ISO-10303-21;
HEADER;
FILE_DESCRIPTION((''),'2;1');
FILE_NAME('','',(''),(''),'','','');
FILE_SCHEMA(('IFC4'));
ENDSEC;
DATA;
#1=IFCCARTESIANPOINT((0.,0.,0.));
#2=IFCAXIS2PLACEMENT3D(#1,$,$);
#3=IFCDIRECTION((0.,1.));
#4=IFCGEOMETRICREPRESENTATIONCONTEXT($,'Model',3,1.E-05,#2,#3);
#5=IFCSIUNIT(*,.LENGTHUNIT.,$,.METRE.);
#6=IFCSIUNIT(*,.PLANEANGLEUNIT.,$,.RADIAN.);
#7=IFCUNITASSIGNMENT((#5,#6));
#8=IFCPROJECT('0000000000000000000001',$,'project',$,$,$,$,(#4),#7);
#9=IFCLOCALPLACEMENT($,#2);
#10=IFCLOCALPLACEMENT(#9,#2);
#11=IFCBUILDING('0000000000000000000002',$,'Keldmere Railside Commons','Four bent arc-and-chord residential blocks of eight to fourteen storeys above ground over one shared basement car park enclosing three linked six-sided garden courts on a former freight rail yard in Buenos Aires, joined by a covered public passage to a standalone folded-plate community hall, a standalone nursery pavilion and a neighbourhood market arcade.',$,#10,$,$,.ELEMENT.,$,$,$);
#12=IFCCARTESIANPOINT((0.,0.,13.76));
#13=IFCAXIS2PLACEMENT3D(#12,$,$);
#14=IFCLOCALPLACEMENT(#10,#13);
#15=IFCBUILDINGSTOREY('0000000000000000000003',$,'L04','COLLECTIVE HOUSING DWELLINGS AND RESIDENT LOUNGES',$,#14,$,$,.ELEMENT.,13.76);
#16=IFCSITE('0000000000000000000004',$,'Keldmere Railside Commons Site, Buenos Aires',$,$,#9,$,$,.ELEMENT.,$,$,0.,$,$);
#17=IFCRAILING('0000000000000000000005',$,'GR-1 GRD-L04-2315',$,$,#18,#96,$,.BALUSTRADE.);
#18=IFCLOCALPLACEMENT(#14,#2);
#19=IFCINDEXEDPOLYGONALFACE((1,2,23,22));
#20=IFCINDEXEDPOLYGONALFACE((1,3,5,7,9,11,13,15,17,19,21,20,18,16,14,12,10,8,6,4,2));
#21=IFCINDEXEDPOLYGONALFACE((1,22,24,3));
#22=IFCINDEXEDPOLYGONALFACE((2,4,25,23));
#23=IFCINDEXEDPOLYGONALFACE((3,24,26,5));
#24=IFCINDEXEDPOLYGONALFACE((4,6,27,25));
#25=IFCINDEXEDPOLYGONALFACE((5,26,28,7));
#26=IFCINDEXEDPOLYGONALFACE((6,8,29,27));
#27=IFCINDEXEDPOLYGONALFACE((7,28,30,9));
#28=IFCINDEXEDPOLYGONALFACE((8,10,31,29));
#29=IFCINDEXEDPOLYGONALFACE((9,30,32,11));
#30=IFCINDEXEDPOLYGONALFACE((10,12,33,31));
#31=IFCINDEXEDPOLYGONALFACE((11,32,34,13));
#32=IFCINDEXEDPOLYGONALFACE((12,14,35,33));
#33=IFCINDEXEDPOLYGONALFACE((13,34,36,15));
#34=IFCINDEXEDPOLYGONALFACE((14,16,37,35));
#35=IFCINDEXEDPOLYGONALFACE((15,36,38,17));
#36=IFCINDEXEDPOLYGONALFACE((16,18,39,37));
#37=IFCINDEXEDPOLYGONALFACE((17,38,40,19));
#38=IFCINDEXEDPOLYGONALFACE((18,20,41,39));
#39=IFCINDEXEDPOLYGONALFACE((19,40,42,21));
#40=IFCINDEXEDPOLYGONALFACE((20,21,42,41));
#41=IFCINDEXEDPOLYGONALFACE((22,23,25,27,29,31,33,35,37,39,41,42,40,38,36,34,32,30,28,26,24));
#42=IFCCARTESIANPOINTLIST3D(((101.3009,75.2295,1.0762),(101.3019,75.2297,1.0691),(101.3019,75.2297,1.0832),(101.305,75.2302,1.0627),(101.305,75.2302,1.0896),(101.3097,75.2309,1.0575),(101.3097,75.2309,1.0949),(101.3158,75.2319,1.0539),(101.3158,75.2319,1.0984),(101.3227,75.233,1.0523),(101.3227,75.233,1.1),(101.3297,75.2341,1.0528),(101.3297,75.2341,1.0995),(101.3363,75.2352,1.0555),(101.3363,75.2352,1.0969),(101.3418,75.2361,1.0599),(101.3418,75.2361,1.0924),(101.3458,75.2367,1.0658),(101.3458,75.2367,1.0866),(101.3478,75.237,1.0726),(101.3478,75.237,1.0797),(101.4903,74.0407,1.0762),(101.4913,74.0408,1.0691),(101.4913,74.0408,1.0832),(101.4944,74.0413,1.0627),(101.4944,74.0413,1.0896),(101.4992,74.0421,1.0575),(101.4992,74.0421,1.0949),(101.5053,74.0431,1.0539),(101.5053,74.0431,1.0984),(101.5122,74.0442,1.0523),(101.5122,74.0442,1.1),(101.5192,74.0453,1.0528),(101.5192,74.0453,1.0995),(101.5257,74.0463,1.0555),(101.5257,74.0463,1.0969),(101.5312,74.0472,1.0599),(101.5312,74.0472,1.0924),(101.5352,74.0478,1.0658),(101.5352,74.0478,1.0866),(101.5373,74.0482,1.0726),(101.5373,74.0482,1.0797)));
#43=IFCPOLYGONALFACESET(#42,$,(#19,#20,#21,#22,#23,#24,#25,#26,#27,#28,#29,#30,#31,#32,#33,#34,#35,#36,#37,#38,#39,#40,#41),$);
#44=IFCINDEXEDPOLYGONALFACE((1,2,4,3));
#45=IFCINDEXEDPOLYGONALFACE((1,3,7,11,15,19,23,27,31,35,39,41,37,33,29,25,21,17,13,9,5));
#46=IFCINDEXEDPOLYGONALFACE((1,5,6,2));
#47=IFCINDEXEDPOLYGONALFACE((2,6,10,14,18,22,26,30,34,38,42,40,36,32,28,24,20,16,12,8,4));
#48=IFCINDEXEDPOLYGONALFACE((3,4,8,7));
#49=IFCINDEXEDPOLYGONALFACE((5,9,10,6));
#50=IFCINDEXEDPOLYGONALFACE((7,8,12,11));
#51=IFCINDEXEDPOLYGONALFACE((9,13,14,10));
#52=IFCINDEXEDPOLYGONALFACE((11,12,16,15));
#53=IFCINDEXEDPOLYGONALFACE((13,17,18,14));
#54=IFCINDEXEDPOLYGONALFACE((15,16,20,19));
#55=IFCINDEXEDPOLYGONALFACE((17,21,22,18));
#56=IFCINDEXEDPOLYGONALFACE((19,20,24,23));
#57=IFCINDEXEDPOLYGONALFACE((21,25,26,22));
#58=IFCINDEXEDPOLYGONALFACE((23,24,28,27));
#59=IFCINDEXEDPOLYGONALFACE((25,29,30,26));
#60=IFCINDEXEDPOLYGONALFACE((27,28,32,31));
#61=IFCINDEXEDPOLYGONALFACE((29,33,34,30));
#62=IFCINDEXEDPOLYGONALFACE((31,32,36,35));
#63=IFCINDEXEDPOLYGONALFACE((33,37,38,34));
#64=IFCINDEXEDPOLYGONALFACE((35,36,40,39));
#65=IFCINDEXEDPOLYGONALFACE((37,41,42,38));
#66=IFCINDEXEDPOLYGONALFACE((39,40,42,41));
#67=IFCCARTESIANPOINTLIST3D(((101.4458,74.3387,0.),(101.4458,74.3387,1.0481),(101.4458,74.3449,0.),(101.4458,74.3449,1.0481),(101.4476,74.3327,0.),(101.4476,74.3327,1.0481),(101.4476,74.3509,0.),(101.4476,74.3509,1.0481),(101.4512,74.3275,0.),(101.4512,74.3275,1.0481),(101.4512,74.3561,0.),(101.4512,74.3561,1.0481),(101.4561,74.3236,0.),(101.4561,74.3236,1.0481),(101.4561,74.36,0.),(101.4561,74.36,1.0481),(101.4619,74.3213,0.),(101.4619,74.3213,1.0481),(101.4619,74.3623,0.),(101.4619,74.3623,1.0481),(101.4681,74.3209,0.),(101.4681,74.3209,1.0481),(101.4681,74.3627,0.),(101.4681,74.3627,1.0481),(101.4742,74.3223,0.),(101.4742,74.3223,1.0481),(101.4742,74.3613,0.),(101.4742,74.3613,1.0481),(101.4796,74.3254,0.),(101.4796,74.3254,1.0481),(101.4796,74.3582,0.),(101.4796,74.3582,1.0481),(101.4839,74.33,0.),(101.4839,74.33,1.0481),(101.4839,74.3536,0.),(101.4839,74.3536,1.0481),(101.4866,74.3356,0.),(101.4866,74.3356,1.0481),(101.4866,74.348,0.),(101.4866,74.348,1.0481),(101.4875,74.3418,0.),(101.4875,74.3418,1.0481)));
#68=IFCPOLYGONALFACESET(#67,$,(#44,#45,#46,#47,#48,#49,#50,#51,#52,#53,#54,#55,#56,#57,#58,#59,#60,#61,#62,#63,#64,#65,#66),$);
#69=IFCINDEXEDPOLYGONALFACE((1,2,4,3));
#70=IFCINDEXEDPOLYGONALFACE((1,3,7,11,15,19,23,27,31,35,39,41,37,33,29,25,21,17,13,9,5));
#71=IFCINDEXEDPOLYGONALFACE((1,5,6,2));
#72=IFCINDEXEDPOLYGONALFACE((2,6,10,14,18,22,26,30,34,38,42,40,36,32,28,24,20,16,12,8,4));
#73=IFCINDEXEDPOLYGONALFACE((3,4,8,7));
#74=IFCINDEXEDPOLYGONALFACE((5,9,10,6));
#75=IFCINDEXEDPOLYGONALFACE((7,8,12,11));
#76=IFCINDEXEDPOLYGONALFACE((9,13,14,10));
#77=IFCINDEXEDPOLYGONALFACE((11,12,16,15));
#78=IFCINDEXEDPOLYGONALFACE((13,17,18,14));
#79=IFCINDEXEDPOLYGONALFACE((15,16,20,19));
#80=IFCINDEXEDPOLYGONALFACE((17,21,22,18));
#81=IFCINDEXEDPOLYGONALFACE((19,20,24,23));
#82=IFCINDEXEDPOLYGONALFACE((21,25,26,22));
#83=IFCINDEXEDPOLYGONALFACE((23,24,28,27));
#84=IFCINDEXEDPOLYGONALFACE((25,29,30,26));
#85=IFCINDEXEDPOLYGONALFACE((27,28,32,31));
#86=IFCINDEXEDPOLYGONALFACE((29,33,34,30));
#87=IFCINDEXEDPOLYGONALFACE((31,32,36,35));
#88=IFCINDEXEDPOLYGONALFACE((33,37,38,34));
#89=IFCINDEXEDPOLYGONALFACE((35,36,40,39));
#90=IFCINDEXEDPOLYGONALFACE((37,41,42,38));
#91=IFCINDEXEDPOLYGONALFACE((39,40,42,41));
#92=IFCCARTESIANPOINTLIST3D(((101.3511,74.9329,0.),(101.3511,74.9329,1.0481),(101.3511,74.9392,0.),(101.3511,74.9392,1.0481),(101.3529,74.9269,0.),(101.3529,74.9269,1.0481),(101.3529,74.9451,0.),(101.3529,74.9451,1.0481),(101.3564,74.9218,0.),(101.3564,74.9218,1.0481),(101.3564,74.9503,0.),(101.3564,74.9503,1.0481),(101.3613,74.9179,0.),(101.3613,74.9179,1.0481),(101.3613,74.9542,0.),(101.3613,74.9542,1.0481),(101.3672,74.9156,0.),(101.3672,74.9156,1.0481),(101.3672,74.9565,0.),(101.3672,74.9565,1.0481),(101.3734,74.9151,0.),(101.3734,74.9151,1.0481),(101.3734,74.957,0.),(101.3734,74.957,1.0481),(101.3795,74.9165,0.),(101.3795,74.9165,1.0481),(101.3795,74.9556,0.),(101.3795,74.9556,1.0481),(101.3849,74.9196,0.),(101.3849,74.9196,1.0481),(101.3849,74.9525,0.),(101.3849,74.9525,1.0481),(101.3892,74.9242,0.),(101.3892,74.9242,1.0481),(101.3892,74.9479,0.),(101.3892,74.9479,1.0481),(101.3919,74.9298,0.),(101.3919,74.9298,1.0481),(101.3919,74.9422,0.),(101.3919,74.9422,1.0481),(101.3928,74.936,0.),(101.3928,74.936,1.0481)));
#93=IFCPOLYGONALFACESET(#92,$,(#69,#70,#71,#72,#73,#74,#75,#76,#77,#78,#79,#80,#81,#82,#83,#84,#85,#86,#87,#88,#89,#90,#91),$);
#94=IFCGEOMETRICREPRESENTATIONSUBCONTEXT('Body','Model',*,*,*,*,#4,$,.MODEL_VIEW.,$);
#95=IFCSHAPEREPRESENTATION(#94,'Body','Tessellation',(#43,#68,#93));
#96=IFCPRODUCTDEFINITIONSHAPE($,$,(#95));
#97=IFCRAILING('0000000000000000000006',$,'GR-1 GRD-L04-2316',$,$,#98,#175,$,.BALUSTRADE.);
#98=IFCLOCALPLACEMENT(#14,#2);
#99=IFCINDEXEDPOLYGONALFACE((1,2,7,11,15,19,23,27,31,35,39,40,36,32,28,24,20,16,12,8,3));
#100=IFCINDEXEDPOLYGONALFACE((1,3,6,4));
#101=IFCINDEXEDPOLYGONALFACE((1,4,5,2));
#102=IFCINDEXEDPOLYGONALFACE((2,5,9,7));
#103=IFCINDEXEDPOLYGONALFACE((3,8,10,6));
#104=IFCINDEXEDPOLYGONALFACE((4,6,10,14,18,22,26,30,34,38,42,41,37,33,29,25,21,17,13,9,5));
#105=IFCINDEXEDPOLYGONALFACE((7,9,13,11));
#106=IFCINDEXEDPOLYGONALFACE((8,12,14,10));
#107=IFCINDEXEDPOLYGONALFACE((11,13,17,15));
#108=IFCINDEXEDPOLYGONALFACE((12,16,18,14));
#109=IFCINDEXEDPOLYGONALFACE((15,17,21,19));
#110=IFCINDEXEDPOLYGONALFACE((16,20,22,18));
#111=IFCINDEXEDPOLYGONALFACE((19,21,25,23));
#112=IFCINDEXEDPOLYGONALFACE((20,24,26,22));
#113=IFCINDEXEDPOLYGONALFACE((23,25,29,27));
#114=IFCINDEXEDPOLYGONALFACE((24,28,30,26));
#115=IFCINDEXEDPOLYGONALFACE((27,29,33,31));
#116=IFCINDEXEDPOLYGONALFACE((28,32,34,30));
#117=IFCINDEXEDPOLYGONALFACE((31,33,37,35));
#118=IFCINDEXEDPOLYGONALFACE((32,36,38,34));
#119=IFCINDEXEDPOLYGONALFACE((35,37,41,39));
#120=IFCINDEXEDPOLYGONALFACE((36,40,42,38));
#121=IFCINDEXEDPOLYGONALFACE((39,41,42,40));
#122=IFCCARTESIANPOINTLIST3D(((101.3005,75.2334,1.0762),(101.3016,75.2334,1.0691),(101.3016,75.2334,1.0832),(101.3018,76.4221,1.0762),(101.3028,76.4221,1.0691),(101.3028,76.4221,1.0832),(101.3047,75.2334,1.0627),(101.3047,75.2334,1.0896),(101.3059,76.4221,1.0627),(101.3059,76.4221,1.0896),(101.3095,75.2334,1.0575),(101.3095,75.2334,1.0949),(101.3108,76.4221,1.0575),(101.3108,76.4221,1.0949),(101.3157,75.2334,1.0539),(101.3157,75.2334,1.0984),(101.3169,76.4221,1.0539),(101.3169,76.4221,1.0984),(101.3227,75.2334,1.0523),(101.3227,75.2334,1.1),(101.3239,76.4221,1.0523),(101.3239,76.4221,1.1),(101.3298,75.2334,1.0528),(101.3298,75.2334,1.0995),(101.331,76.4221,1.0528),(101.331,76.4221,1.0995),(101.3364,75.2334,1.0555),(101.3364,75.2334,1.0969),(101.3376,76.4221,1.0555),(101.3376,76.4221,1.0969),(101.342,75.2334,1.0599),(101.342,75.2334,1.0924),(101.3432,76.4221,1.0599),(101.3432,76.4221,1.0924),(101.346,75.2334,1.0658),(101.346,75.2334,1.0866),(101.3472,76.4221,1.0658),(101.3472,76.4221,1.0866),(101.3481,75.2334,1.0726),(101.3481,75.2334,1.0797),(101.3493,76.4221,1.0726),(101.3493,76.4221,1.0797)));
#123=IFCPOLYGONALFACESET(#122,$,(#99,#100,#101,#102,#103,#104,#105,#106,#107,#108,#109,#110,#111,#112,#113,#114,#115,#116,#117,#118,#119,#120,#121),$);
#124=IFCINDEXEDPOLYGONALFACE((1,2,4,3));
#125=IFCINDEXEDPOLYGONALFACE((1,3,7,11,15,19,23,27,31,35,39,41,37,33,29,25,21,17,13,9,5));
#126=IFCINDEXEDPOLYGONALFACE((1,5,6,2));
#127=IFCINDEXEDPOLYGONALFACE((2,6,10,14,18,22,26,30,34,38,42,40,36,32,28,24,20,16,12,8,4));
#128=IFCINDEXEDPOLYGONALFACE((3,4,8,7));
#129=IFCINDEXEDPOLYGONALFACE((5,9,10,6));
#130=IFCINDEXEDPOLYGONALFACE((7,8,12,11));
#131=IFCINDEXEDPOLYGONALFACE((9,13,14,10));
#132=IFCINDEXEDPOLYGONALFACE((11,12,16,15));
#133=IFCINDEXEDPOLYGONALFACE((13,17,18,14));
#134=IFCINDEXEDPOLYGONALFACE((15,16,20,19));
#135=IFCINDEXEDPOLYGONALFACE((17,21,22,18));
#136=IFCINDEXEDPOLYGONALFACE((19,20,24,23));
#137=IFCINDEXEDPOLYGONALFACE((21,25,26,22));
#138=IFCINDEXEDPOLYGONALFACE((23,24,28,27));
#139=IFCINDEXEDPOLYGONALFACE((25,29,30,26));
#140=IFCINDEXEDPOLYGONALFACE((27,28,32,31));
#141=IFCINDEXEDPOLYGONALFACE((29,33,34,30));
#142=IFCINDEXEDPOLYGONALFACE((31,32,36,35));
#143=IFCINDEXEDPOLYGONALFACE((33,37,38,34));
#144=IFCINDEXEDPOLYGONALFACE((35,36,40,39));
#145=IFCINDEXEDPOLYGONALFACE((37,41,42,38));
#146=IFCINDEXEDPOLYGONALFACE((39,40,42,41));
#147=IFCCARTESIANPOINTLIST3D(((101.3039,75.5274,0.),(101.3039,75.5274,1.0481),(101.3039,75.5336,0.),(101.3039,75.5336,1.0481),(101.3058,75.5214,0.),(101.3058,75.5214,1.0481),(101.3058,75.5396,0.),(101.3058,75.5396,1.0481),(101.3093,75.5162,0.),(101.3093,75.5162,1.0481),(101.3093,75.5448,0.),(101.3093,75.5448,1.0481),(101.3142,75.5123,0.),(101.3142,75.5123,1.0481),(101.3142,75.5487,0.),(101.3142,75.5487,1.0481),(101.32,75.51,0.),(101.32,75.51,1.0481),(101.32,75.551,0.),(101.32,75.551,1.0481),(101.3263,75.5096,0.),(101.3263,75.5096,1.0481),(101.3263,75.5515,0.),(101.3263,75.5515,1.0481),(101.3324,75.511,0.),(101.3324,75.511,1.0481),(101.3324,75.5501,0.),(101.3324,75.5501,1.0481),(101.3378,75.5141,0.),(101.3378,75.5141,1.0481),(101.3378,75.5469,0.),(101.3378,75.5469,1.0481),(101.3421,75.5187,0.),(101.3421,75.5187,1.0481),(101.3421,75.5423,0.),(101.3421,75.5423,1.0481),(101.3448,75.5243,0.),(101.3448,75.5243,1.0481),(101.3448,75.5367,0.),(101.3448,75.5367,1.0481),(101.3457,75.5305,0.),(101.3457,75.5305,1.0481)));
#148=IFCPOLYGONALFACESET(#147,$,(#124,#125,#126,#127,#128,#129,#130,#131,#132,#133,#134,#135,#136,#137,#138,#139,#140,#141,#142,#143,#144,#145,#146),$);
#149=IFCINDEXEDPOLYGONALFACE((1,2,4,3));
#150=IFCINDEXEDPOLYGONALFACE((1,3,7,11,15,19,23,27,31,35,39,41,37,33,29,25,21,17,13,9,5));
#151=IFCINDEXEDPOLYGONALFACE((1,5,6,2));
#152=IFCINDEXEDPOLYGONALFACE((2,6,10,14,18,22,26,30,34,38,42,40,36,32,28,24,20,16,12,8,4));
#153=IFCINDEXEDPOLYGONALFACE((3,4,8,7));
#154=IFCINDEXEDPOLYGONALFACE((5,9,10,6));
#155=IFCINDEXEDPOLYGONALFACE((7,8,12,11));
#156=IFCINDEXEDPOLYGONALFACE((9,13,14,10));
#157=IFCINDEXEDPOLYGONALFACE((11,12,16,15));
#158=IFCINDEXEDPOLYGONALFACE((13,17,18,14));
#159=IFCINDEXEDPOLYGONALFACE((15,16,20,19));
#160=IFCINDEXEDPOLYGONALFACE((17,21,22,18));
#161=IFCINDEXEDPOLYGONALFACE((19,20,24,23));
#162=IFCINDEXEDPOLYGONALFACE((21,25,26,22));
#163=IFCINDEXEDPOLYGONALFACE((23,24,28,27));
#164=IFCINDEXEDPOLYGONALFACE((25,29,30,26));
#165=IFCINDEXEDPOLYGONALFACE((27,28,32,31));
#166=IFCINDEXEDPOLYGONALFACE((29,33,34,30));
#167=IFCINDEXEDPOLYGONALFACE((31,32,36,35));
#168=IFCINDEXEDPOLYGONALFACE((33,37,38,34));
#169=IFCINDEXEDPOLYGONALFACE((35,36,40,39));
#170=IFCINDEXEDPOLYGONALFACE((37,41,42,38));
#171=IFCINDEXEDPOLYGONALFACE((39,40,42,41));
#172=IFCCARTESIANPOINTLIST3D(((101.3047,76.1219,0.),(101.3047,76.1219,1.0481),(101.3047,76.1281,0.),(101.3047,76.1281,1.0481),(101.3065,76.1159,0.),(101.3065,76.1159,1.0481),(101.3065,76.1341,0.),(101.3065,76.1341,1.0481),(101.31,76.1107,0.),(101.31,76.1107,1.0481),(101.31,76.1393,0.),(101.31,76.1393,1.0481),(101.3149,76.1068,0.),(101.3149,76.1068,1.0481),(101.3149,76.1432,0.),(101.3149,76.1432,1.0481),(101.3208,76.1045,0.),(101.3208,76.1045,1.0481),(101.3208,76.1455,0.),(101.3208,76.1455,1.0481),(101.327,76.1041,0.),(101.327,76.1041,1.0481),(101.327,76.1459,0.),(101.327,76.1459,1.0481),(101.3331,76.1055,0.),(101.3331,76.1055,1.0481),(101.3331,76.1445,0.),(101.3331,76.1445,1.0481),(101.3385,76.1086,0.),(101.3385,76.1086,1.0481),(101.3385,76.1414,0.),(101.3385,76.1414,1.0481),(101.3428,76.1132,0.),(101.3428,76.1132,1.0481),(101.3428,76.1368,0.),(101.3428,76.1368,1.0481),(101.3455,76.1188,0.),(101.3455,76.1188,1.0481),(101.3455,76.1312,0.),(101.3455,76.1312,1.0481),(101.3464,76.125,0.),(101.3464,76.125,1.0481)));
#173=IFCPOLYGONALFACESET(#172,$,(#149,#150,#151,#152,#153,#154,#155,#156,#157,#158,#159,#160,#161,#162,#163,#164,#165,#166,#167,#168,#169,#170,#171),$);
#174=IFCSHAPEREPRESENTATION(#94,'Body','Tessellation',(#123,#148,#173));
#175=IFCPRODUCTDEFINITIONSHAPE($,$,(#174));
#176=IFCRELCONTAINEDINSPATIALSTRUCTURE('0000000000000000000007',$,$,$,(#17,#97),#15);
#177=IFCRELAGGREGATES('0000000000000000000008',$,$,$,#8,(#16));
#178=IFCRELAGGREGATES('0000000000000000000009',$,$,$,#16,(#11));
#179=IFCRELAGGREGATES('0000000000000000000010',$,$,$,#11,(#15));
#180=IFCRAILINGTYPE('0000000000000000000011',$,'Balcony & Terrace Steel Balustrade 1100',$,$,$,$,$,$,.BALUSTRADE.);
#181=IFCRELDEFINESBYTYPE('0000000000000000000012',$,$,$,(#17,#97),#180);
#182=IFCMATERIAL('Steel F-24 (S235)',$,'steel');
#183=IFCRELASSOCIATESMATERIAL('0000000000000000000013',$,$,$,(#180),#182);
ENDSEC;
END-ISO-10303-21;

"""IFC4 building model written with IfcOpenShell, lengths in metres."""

from ifc_helpers import new_model, si_unit, direction, frame, origin, origin_2d, place, context, subcontext, project, spatial, circle, extrude, material, type_object, element, save


model = new_model("IFC4")

# Units and contexts
model_context = context("Model", 3, precision=1e-05, world=origin(), true_north=direction((0.0, 1.0)))
body_context = subcontext(model_context, "Body", "Model", "MODEL_VIEW")
ifc_project = project(units=[si_unit("LENGTHUNIT", "METRE"), si_unit("PLANEANGLEUNIT", "RADIAN")], contexts=[model_context])

# Site, building, storey
site_placement = place(None, origin())
site = spatial("IfcSite", under=ifc_project, at=site_placement, Name="Keldmere Railside Commons Site, Buenos Aires", CompositionType="ELEMENT", RefElevation=0.0)
building_placement = place(site_placement, origin())
building = spatial("IfcBuilding", under=site, at=building_placement, Name="Keldmere Railside Commons", Description="Four bent arc-and-chord residential blocks of eight to fourteen storeys above ground over one shared basement car park enclosing three linked six-sided garden courts on a former freight rail yard in Buenos Aires, joined by a covered public passage to a standalone folded-plate community hall, a standalone nursery pavilion and a neighbourhood market arcade.", CompositionType="ELEMENT")
storey_placement = place(building_placement, frame((0.0, 0.0, 13.76)))
storey = spatial("IfcBuildingStorey", under=building, at=storey_placement, Name="L04", Description="COLLECTIVE HOUSING DWELLINGS AND RESIDENT LOUNGES", CompositionType="ELEMENT", Elevation=13.76)

# Shared definitions
ifc_material_1 = material(Name="Steel F-24 (S235)", Category="steel")

# Railings
railing_type_1 = type_object("IfcRailingType", Name="Balcony & Terrace Steel Balustrade 1100", PredefinedType="BALUSTRADE", material=ifc_material_1)
railing_1_placement = place(storey_placement, frame((101.5139, 74.0444, 0.0)))
element("IfcRailing", 1, at=railing_1_placement, inside=storey, type_object=railing_type_1, Name="GR-1 GRD-L04-2315", PredefinedType="BALUSTRADE", context=body_context, shape_type="SweptSolid", body=[
    extrude(circle(Radius=0.0239, at=origin_2d()), frame((0.0, 0.0, 1.0762), z_axis=(-0.157358, 0.987542, 0.0), x_axis=(-0.987542, -0.157358, 0.0)), (0.0, 0.0, 1.0), 1.2039),
    extrude(circle(Radius=0.021, at=origin_2d()), frame((-0.0474, 0.2974, 0.0)), (0.0, 0.0, 1.0), 1.0481),
    extrude(circle(Radius=0.021, at=origin_2d()), frame((-0.1421, 0.8916, 0.0)), (0.0, 0.0, 1.0), 1.0481),
])
railing_2_placement = place(storey_placement, frame((101.3245, 75.2334, 0.0)))
element("IfcRailing", 2, at=railing_2_placement, inside=storey, type_object=railing_type_1, Name="GR-1 GRD-L04-2316", PredefinedType="BALUSTRADE", context=body_context, shape_type="SweptSolid", body=[
    extrude(circle(Radius=0.0239, at=origin_2d()), frame((0.0, 0.0, 1.0762), z_axis=(0.001027, 0.999999, 0.0), x_axis=(-0.999999, 0.001027, 0.0)), (0.0, 0.0, 1.0), 1.1887),
    extrude(circle(Radius=0.021, at=origin_2d()), frame((0.0002, 0.2971, 0.0)), (0.0, 0.0, 1.0), 1.0481),
    extrude(circle(Radius=0.021, at=origin_2d()), frame((0.001, 0.8916, 0.0)), (0.0, 0.0, 1.0), 1.0481),
])

save(model, "model.ifc")
